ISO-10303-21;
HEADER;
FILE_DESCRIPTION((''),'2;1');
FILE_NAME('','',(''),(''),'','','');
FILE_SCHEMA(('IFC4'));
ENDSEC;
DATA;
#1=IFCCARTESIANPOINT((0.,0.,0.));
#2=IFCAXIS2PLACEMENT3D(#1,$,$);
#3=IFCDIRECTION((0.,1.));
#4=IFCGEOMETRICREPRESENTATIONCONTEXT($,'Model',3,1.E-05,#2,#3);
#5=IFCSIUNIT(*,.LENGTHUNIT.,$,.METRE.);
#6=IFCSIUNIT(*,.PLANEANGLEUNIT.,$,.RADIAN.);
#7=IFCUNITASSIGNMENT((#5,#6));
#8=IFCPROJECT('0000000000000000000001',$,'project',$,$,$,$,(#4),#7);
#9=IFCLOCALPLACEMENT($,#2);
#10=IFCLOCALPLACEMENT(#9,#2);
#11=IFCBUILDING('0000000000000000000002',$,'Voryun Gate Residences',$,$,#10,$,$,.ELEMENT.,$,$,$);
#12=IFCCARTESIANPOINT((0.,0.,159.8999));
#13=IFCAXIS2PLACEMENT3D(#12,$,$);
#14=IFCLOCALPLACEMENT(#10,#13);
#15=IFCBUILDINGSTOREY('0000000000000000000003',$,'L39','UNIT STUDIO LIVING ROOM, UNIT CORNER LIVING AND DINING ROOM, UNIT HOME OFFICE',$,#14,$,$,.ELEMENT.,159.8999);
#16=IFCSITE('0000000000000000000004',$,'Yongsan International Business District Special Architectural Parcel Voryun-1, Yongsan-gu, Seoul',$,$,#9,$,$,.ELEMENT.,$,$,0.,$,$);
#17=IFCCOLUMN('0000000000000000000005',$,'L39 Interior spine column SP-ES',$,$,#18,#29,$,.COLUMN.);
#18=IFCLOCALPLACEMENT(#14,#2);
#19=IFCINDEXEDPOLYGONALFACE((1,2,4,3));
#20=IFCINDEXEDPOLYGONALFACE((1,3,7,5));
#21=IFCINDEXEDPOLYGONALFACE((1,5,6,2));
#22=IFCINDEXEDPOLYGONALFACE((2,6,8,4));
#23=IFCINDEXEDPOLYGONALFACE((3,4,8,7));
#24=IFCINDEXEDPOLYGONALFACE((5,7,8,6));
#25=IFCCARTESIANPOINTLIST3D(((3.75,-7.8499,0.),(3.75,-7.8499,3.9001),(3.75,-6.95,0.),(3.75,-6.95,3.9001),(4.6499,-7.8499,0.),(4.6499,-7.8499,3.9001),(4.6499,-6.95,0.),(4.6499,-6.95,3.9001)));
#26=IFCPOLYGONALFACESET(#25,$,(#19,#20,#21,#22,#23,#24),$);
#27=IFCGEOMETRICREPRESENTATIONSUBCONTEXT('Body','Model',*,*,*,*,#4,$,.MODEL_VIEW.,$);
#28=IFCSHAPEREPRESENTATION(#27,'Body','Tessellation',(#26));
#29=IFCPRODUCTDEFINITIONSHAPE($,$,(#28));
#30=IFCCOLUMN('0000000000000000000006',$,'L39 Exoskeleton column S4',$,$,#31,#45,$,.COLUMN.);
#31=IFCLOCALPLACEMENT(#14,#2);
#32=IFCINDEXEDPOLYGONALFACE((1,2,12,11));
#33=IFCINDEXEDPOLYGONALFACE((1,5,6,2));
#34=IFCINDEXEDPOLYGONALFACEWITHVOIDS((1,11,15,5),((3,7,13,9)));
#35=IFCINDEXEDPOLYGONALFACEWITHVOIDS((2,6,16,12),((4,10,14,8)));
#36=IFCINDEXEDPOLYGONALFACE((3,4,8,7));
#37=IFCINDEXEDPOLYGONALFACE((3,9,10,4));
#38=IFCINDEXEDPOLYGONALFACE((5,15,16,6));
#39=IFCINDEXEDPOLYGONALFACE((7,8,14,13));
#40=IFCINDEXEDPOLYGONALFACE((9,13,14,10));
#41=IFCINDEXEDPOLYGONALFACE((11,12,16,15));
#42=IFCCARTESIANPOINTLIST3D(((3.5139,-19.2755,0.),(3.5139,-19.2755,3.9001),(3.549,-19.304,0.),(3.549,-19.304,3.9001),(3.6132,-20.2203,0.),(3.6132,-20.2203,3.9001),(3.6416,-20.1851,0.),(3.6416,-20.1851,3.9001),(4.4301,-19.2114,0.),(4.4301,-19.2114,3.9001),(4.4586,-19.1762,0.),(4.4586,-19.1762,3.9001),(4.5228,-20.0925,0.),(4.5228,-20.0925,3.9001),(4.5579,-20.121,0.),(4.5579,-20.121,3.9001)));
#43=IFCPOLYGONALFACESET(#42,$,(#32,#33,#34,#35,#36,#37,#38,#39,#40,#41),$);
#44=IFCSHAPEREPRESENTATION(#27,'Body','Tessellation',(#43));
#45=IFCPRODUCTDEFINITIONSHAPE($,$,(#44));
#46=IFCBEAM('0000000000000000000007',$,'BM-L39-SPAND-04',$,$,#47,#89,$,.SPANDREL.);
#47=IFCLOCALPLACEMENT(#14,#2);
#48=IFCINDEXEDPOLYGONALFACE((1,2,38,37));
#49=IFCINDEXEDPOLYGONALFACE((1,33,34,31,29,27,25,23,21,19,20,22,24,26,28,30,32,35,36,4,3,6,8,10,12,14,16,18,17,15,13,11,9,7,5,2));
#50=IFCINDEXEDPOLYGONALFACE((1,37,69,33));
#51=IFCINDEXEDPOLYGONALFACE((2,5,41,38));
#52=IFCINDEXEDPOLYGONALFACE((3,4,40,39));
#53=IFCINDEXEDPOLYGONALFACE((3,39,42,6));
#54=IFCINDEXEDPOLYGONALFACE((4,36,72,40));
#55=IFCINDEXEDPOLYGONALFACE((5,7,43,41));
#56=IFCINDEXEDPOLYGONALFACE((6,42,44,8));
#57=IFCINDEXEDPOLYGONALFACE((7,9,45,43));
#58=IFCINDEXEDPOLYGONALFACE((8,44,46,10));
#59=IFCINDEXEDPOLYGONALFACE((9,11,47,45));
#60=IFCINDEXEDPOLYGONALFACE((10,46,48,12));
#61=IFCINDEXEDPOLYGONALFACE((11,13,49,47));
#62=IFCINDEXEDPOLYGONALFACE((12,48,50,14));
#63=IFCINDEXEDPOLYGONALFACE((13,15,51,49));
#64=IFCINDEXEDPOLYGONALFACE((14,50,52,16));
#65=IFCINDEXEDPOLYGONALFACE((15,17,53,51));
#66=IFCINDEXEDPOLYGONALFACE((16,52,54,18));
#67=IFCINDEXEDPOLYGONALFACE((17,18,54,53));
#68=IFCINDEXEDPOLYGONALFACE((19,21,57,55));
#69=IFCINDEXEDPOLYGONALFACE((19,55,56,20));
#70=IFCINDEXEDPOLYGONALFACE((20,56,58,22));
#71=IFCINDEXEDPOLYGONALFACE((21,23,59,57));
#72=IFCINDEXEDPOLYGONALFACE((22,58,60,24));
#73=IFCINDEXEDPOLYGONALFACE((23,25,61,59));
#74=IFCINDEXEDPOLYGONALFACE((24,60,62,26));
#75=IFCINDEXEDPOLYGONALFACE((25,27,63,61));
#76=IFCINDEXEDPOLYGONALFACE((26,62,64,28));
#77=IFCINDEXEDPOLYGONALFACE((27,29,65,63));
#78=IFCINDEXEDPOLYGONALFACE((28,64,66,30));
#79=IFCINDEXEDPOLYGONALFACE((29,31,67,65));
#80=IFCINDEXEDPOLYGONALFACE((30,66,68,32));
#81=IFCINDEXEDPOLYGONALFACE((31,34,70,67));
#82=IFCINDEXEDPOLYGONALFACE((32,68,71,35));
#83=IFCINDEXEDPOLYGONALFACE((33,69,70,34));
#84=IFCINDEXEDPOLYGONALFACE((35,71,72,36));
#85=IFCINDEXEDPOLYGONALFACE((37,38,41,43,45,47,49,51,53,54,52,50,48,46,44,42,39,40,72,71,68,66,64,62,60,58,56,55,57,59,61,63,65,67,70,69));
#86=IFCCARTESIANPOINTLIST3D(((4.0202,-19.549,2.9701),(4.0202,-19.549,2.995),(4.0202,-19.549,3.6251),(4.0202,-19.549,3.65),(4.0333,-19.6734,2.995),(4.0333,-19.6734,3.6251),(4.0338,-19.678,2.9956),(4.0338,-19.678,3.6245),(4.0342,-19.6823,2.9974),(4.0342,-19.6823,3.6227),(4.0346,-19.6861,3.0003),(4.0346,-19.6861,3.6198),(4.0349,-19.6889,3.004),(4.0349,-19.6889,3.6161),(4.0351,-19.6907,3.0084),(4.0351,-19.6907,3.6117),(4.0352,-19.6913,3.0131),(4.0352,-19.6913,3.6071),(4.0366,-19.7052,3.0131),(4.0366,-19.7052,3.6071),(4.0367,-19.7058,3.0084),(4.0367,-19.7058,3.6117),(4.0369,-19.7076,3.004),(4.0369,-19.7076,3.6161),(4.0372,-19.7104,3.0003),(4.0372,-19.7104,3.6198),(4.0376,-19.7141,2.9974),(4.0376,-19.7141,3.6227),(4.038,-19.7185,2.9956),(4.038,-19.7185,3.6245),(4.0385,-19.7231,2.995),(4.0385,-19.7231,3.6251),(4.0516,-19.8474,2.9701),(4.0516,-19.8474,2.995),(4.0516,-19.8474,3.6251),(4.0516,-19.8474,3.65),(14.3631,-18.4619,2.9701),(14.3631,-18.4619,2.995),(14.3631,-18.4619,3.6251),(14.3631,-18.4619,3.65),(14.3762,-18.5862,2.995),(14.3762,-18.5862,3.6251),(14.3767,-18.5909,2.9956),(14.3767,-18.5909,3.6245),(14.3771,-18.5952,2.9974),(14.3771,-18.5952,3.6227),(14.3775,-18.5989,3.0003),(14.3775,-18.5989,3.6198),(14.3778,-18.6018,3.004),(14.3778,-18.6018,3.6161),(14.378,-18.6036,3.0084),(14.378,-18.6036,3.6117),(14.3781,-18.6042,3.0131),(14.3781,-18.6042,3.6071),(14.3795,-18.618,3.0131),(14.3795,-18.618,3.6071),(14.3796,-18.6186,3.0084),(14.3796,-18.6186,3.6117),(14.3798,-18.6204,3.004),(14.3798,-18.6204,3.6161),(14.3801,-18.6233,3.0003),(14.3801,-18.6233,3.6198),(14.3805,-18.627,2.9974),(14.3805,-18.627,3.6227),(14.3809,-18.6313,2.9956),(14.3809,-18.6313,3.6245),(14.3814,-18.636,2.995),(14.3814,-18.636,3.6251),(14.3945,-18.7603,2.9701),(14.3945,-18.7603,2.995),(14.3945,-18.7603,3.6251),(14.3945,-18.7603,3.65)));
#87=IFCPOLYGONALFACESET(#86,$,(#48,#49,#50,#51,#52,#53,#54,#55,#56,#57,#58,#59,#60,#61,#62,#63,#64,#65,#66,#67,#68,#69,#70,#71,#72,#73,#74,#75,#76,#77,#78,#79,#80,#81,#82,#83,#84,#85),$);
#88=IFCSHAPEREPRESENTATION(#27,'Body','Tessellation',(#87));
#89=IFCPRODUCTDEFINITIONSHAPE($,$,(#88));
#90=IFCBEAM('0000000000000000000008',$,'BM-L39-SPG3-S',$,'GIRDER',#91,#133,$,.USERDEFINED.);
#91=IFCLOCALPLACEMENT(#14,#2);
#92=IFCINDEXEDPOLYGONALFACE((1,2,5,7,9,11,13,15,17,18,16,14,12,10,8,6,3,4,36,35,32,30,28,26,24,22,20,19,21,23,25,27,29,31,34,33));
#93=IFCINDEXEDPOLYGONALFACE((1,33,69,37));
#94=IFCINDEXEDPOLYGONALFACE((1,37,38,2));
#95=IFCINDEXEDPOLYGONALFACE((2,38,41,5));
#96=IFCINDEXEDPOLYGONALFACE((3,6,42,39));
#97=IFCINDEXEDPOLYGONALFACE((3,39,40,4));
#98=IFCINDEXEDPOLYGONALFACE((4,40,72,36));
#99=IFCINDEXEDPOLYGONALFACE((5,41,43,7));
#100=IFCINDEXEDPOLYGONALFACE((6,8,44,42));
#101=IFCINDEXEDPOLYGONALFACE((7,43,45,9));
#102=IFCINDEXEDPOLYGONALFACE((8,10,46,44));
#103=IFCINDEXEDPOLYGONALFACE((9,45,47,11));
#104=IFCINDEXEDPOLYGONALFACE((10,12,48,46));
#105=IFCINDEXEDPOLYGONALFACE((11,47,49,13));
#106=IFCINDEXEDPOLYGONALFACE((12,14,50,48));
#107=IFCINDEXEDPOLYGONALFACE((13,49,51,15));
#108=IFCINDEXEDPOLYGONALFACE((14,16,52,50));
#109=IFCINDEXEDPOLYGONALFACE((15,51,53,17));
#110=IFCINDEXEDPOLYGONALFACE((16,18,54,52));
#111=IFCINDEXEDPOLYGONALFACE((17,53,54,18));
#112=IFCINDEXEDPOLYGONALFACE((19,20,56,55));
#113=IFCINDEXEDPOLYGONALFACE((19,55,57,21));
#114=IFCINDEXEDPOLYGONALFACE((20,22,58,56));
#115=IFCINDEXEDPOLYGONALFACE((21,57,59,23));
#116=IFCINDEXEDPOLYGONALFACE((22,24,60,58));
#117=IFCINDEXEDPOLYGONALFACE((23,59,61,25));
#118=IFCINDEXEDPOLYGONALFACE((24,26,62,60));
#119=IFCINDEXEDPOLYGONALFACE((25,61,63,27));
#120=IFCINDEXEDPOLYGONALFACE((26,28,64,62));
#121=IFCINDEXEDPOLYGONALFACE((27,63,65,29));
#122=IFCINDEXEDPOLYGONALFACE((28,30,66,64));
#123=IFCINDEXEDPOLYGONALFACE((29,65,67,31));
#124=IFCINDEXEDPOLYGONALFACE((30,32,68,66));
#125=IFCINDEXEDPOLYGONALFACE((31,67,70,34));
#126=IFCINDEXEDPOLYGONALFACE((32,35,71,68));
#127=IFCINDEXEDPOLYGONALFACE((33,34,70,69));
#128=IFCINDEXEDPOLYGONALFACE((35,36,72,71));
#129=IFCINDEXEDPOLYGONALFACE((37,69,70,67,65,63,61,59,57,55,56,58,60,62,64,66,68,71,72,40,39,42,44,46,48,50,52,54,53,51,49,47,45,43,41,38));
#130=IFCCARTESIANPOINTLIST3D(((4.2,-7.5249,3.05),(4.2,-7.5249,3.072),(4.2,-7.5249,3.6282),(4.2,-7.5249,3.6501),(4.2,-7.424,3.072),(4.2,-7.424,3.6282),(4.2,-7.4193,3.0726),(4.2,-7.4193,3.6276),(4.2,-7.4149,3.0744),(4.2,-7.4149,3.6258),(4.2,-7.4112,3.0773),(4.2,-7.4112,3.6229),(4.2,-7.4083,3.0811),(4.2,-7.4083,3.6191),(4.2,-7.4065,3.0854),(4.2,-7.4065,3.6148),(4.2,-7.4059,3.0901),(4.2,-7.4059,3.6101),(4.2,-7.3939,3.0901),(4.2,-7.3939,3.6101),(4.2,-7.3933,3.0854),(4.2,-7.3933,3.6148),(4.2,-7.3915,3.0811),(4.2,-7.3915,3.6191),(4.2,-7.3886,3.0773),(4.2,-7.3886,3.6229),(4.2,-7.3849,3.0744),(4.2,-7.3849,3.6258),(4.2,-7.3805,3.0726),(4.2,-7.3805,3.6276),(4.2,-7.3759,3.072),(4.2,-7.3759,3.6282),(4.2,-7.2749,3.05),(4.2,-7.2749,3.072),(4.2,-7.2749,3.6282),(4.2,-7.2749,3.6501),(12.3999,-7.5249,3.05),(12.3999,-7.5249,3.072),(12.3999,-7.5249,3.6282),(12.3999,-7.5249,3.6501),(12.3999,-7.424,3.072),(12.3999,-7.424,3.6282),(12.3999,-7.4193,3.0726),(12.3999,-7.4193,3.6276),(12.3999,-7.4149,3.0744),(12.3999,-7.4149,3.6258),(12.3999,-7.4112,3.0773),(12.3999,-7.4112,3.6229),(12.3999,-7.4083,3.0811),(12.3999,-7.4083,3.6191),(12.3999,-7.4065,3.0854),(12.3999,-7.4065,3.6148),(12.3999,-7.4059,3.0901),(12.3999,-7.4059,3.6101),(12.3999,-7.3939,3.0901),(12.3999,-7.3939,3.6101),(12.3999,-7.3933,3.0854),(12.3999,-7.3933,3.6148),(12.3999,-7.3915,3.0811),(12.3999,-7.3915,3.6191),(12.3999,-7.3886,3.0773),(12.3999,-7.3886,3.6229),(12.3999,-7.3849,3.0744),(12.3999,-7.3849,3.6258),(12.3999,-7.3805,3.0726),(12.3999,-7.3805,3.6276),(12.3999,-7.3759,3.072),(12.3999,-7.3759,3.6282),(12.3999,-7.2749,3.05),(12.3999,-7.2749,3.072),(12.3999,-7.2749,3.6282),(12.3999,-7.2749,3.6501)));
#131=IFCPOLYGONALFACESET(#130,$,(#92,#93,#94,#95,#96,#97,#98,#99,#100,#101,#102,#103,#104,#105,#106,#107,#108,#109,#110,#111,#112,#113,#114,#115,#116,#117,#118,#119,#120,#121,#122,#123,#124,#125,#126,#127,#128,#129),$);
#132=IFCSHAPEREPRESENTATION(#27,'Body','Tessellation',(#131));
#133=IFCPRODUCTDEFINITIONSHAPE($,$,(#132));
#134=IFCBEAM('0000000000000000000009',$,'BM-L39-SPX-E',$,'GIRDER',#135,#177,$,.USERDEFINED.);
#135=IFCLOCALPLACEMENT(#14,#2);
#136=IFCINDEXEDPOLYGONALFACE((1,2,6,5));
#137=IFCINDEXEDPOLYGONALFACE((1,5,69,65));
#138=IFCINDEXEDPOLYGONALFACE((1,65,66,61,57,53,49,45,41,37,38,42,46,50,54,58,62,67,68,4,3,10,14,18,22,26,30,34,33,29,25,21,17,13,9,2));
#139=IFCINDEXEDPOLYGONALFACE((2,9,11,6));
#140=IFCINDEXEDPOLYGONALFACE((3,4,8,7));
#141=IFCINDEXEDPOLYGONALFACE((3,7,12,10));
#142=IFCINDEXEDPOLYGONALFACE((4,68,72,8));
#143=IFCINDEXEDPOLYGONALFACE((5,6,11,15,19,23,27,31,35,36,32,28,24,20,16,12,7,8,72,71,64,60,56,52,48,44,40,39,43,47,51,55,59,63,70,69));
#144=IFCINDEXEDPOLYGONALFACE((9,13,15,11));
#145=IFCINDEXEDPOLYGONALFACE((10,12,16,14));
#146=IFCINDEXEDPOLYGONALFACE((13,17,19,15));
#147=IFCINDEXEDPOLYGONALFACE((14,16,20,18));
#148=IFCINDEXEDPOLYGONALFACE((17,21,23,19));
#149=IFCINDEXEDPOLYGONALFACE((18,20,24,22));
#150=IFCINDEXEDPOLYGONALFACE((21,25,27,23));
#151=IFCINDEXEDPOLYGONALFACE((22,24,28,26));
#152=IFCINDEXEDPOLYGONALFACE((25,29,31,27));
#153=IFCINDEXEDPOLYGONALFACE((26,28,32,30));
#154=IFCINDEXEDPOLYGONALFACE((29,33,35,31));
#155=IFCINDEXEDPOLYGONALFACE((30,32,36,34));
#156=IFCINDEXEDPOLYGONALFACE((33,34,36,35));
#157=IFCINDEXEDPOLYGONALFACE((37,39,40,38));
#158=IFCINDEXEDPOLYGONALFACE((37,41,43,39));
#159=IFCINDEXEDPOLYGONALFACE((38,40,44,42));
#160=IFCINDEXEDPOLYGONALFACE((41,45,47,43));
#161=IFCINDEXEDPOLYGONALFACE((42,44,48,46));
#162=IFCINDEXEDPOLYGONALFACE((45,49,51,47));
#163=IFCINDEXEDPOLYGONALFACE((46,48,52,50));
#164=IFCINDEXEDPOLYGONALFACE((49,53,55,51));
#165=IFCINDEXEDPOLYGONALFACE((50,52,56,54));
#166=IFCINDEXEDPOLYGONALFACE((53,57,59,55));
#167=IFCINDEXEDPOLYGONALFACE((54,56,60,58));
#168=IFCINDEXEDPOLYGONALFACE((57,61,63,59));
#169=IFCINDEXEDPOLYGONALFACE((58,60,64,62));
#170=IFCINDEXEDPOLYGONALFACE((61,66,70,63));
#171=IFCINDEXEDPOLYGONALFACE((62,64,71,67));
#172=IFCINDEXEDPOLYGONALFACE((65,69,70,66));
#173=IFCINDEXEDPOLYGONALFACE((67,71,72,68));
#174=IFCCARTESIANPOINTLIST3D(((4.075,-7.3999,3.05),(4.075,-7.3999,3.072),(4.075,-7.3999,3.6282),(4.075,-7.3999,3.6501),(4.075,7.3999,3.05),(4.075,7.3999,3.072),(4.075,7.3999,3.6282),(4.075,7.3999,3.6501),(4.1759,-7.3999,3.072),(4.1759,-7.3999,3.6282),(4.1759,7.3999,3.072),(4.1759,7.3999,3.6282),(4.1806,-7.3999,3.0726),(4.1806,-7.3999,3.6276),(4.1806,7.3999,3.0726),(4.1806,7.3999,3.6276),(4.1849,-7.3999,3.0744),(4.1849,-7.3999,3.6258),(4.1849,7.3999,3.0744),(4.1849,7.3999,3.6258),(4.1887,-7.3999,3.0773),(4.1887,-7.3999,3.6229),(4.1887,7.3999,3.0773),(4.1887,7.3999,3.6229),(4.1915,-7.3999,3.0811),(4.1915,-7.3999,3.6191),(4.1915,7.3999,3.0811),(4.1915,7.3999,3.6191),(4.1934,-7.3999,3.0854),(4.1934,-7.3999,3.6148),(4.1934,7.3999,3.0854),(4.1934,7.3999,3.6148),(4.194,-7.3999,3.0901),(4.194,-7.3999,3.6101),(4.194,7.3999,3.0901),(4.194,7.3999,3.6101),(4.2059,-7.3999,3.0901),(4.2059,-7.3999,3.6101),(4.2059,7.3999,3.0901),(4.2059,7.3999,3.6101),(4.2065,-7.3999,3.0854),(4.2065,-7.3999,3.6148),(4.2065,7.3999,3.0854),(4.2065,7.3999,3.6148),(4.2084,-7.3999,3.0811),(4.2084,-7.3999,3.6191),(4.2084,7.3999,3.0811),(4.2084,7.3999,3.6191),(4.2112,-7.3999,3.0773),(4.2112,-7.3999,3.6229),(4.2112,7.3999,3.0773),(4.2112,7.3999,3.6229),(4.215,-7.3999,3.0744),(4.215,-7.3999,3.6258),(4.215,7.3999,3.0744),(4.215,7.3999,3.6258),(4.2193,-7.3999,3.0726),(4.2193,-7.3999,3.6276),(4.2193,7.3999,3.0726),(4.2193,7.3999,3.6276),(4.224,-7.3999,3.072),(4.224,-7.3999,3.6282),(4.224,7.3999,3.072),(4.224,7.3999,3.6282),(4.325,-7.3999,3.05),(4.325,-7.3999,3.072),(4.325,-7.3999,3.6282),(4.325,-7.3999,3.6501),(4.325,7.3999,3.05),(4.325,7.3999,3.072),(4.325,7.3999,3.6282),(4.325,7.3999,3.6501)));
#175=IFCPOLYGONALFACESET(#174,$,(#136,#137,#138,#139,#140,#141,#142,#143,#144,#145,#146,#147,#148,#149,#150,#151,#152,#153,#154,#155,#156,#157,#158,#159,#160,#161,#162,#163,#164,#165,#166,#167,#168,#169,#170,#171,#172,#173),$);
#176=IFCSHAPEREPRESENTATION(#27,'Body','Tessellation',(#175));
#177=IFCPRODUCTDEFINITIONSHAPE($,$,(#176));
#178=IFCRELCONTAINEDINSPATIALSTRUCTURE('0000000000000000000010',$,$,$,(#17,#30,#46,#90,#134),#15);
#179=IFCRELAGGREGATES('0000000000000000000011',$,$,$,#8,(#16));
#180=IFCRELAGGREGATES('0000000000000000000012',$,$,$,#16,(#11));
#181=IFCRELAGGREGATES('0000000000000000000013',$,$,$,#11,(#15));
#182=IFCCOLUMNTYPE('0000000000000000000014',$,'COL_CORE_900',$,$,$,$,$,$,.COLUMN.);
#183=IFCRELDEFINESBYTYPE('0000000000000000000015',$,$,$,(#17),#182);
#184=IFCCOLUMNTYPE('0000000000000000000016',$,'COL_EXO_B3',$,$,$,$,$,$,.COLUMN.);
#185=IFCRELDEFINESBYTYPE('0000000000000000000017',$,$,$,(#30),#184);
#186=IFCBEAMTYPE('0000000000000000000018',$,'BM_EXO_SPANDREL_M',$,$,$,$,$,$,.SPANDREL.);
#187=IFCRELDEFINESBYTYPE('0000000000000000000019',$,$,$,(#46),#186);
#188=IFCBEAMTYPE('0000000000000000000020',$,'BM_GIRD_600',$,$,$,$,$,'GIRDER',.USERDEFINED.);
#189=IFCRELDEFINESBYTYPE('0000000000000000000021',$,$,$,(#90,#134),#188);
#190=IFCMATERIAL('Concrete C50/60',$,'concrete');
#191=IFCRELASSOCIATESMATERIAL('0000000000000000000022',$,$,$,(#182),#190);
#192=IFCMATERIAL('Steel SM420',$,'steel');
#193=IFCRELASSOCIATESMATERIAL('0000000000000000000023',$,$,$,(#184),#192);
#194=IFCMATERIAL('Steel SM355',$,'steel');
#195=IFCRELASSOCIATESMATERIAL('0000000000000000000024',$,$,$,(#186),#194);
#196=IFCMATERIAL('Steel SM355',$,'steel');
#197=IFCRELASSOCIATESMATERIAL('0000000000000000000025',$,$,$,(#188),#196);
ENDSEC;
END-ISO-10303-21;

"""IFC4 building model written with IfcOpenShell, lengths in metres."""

from ifc_helpers import new_model, si_unit, direction, frame, origin, origin_2d, place, context, subcontext, project, spatial, rectangle, hollow_rectangle, i_section, extrude, material, material_profile, profile_set, type_object, element, save


model = new_model("IFC4")

# Units and contexts
model_context = context("Model", 3, precision=1e-05, world=origin(), true_north=direction((0.0, 1.0)))
body_context = subcontext(model_context, "Body", "Model", "MODEL_VIEW")
ifc_project = project(units=[si_unit("LENGTHUNIT", "METRE"), si_unit("PLANEANGLEUNIT", "RADIAN")], contexts=[model_context])

# Site, building, storey
site_placement = place(None, origin())
site = spatial("IfcSite", under=ifc_project, at=site_placement, Name="Yongsan International Business District Special Architectural Parcel Voryun-1, Yongsan-gu, Seoul", CompositionType="ELEMENT", RefElevation=0.0)
building_placement = place(site_placement, origin())
building = spatial("IfcBuilding", under=site, at=building_placement, Name="Voryun Gate Residences", CompositionType="ELEMENT")
storey_placement = place(building_placement, frame((0.0, 0.0, 159.8999)))
storey = spatial("IfcBuildingStorey", under=building, at=storey_placement, Name="L39", Description="UNIT STUDIO LIVING ROOM, UNIT CORNER LIVING AND DINING ROOM, UNIT HOME OFFICE", CompositionType="ELEMENT", Elevation=159.8999)

# Columns
ifc_material_1 = material(Name="Concrete C50/60", Category="concrete")
ifc_material_profile_1 = material_profile(ifc_material_1, rectangle(XDim=0.8999, YDim=0.8999, at=origin_2d()), Name="RC-900x900")
ifc_profile_set_1 = profile_set([ifc_material_profile_1], Name="Concrete C50/60")
column_type_1 = type_object("IfcColumnType", Name="COL_CORE_900", PredefinedType="COLUMN", material=ifc_profile_set_1)
column_1_placement = place(storey_placement, frame((4.2, -7.3999, 0.0), z_axis=(0.0, 0.0, 1.0), x_axis=(1.0, 0.0, 0.0)))
element("IfcColumn", 1, at=column_1_placement, inside=storey, type_object=column_type_1, Name="L39 Interior spine column SP-ES", PredefinedType="COLUMN", context=body_context, shape_type="SweptSolid", body=[
    extrude(rectangle(XDim=0.8999, YDim=0.8999, at=origin_2d()), origin(), (0.0, 0.0, 1.0), 3.9001),
])
ifc_material_2 = material(Name="Steel SM420", Category="steel")
ifc_material_profile_2 = material_profile(ifc_material_2, hollow_rectangle(XDim=0.95, YDim=0.95, WallThickness=0.032, at=origin_2d()), Name="BOX-950x950x32")
ifc_profile_set_2 = profile_set([ifc_material_profile_2], Name="Steel SM420")
column_type_2 = type_object("IfcColumnType", Name="COL_EXO_B3", PredefinedType="COLUMN", material=ifc_profile_set_2)
column_2_placement = place(storey_placement, frame((4.0359, -19.6982, 0.0), z_axis=(0.0, 0.0, 1.0), x_axis=(0.994522, 0.104528, 0.0)))
element("IfcColumn", 2, at=column_2_placement, inside=storey, type_object=column_type_2, Name="L39 Exoskeleton column S4", PredefinedType="COLUMN", context=body_context, shape_type="SweptSolid", body=[
    extrude(hollow_rectangle(XDim=0.95, YDim=0.95, WallThickness=0.032, at=origin_2d()), origin(), (0.0, 0.0, 1.0), 3.9001),
])

# Beams
ifc_material_3 = material(Name="Steel SM355", Category="steel")
ifc_material_profile_3 = material_profile(ifc_material_3, i_section(OverallWidth=0.3, OverallDepth=0.6799, WebThickness=0.0139, FlangeThickness=0.0249, FilletRadius=0.0181, at=origin_2d()), Name="H-680x300x14x25")
ifc_profile_set_3 = profile_set([ifc_material_profile_3], Name="Steel SM355")
beam_type_1 = type_object("IfcBeamType", Name="BM_EXO_SPANDREL_M", PredefinedType="SPANDREL", material=ifc_profile_set_3)
beam_1_placement = place(storey_placement, frame((4.0359, -19.6982, 3.3101), z_axis=(0.994521, 0.104534, 0.0), x_axis=(-0.104534, 0.994521, 0.0)))
element("IfcBeam", 3, at=beam_1_placement, inside=storey, type_object=beam_type_1, Name="BM-L39-SPAND-04", PredefinedType="SPANDREL", context=body_context, shape_type="SweptSolid", body=[
    extrude(i_section(OverallWidth=0.3, OverallDepth=0.6799, WebThickness=0.0139, FlangeThickness=0.0249, FilletRadius=0.0181, at=origin_2d()), origin(), (0.0, 0.0, 1.0), 10.3999),
])
ifc_material_4 = material(Name="Steel SM355", Category="steel")
ifc_material_profile_4 = material_profile(ifc_material_4, i_section(OverallWidth=0.25, OverallDepth=0.6001, WebThickness=0.012, FlangeThickness=0.022, FilletRadius=0.0181, at=origin_2d()), Name="H-600x250x12x22")
ifc_profile_set_4 = profile_set([ifc_material_profile_4], Name="Steel SM355")
beam_type_2 = type_object("IfcBeamType", Name="BM_GIRD_600", ElementType="GIRDER", PredefinedType="USERDEFINED", material=ifc_profile_set_4)
beam_2_placement = place(storey_placement, frame((4.2, -7.3999, 3.3501), z_axis=(1.0, 0.0, 0.0), x_axis=(0.0, 1.0, 0.0)))
element("IfcBeam", 4, at=beam_2_placement, inside=storey, type_object=beam_type_2, Name="BM-L39-SPG3-S", ObjectType="GIRDER", PredefinedType="USERDEFINED", context=body_context, shape_type="SweptSolid", body=[
    extrude(i_section(OverallWidth=0.25, OverallDepth=0.6001, WebThickness=0.012, FlangeThickness=0.022, FilletRadius=0.0181, at=origin_2d()), origin(), (0.0, 0.0, 1.0), 8.2),
])
beam_3_placement = place(storey_placement, frame((4.2, -7.3999, 3.3501), z_axis=(0.0, 1.0, 0.0), x_axis=(-1.0, 0.0, 0.0)))
element("IfcBeam", 5, at=beam_3_placement, inside=storey, type_object=beam_type_2, Name="BM-L39-SPX-E", ObjectType="GIRDER", PredefinedType="USERDEFINED", context=body_context, shape_type="SweptSolid", body=[
    extrude(i_section(OverallWidth=0.25, OverallDepth=0.6001, WebThickness=0.012, FlangeThickness=0.022, FilletRadius=0.0181, at=origin_2d()), origin(), (0.0, 0.0, 1.0), 14.7998),
])

save(model, "model.ifc")
